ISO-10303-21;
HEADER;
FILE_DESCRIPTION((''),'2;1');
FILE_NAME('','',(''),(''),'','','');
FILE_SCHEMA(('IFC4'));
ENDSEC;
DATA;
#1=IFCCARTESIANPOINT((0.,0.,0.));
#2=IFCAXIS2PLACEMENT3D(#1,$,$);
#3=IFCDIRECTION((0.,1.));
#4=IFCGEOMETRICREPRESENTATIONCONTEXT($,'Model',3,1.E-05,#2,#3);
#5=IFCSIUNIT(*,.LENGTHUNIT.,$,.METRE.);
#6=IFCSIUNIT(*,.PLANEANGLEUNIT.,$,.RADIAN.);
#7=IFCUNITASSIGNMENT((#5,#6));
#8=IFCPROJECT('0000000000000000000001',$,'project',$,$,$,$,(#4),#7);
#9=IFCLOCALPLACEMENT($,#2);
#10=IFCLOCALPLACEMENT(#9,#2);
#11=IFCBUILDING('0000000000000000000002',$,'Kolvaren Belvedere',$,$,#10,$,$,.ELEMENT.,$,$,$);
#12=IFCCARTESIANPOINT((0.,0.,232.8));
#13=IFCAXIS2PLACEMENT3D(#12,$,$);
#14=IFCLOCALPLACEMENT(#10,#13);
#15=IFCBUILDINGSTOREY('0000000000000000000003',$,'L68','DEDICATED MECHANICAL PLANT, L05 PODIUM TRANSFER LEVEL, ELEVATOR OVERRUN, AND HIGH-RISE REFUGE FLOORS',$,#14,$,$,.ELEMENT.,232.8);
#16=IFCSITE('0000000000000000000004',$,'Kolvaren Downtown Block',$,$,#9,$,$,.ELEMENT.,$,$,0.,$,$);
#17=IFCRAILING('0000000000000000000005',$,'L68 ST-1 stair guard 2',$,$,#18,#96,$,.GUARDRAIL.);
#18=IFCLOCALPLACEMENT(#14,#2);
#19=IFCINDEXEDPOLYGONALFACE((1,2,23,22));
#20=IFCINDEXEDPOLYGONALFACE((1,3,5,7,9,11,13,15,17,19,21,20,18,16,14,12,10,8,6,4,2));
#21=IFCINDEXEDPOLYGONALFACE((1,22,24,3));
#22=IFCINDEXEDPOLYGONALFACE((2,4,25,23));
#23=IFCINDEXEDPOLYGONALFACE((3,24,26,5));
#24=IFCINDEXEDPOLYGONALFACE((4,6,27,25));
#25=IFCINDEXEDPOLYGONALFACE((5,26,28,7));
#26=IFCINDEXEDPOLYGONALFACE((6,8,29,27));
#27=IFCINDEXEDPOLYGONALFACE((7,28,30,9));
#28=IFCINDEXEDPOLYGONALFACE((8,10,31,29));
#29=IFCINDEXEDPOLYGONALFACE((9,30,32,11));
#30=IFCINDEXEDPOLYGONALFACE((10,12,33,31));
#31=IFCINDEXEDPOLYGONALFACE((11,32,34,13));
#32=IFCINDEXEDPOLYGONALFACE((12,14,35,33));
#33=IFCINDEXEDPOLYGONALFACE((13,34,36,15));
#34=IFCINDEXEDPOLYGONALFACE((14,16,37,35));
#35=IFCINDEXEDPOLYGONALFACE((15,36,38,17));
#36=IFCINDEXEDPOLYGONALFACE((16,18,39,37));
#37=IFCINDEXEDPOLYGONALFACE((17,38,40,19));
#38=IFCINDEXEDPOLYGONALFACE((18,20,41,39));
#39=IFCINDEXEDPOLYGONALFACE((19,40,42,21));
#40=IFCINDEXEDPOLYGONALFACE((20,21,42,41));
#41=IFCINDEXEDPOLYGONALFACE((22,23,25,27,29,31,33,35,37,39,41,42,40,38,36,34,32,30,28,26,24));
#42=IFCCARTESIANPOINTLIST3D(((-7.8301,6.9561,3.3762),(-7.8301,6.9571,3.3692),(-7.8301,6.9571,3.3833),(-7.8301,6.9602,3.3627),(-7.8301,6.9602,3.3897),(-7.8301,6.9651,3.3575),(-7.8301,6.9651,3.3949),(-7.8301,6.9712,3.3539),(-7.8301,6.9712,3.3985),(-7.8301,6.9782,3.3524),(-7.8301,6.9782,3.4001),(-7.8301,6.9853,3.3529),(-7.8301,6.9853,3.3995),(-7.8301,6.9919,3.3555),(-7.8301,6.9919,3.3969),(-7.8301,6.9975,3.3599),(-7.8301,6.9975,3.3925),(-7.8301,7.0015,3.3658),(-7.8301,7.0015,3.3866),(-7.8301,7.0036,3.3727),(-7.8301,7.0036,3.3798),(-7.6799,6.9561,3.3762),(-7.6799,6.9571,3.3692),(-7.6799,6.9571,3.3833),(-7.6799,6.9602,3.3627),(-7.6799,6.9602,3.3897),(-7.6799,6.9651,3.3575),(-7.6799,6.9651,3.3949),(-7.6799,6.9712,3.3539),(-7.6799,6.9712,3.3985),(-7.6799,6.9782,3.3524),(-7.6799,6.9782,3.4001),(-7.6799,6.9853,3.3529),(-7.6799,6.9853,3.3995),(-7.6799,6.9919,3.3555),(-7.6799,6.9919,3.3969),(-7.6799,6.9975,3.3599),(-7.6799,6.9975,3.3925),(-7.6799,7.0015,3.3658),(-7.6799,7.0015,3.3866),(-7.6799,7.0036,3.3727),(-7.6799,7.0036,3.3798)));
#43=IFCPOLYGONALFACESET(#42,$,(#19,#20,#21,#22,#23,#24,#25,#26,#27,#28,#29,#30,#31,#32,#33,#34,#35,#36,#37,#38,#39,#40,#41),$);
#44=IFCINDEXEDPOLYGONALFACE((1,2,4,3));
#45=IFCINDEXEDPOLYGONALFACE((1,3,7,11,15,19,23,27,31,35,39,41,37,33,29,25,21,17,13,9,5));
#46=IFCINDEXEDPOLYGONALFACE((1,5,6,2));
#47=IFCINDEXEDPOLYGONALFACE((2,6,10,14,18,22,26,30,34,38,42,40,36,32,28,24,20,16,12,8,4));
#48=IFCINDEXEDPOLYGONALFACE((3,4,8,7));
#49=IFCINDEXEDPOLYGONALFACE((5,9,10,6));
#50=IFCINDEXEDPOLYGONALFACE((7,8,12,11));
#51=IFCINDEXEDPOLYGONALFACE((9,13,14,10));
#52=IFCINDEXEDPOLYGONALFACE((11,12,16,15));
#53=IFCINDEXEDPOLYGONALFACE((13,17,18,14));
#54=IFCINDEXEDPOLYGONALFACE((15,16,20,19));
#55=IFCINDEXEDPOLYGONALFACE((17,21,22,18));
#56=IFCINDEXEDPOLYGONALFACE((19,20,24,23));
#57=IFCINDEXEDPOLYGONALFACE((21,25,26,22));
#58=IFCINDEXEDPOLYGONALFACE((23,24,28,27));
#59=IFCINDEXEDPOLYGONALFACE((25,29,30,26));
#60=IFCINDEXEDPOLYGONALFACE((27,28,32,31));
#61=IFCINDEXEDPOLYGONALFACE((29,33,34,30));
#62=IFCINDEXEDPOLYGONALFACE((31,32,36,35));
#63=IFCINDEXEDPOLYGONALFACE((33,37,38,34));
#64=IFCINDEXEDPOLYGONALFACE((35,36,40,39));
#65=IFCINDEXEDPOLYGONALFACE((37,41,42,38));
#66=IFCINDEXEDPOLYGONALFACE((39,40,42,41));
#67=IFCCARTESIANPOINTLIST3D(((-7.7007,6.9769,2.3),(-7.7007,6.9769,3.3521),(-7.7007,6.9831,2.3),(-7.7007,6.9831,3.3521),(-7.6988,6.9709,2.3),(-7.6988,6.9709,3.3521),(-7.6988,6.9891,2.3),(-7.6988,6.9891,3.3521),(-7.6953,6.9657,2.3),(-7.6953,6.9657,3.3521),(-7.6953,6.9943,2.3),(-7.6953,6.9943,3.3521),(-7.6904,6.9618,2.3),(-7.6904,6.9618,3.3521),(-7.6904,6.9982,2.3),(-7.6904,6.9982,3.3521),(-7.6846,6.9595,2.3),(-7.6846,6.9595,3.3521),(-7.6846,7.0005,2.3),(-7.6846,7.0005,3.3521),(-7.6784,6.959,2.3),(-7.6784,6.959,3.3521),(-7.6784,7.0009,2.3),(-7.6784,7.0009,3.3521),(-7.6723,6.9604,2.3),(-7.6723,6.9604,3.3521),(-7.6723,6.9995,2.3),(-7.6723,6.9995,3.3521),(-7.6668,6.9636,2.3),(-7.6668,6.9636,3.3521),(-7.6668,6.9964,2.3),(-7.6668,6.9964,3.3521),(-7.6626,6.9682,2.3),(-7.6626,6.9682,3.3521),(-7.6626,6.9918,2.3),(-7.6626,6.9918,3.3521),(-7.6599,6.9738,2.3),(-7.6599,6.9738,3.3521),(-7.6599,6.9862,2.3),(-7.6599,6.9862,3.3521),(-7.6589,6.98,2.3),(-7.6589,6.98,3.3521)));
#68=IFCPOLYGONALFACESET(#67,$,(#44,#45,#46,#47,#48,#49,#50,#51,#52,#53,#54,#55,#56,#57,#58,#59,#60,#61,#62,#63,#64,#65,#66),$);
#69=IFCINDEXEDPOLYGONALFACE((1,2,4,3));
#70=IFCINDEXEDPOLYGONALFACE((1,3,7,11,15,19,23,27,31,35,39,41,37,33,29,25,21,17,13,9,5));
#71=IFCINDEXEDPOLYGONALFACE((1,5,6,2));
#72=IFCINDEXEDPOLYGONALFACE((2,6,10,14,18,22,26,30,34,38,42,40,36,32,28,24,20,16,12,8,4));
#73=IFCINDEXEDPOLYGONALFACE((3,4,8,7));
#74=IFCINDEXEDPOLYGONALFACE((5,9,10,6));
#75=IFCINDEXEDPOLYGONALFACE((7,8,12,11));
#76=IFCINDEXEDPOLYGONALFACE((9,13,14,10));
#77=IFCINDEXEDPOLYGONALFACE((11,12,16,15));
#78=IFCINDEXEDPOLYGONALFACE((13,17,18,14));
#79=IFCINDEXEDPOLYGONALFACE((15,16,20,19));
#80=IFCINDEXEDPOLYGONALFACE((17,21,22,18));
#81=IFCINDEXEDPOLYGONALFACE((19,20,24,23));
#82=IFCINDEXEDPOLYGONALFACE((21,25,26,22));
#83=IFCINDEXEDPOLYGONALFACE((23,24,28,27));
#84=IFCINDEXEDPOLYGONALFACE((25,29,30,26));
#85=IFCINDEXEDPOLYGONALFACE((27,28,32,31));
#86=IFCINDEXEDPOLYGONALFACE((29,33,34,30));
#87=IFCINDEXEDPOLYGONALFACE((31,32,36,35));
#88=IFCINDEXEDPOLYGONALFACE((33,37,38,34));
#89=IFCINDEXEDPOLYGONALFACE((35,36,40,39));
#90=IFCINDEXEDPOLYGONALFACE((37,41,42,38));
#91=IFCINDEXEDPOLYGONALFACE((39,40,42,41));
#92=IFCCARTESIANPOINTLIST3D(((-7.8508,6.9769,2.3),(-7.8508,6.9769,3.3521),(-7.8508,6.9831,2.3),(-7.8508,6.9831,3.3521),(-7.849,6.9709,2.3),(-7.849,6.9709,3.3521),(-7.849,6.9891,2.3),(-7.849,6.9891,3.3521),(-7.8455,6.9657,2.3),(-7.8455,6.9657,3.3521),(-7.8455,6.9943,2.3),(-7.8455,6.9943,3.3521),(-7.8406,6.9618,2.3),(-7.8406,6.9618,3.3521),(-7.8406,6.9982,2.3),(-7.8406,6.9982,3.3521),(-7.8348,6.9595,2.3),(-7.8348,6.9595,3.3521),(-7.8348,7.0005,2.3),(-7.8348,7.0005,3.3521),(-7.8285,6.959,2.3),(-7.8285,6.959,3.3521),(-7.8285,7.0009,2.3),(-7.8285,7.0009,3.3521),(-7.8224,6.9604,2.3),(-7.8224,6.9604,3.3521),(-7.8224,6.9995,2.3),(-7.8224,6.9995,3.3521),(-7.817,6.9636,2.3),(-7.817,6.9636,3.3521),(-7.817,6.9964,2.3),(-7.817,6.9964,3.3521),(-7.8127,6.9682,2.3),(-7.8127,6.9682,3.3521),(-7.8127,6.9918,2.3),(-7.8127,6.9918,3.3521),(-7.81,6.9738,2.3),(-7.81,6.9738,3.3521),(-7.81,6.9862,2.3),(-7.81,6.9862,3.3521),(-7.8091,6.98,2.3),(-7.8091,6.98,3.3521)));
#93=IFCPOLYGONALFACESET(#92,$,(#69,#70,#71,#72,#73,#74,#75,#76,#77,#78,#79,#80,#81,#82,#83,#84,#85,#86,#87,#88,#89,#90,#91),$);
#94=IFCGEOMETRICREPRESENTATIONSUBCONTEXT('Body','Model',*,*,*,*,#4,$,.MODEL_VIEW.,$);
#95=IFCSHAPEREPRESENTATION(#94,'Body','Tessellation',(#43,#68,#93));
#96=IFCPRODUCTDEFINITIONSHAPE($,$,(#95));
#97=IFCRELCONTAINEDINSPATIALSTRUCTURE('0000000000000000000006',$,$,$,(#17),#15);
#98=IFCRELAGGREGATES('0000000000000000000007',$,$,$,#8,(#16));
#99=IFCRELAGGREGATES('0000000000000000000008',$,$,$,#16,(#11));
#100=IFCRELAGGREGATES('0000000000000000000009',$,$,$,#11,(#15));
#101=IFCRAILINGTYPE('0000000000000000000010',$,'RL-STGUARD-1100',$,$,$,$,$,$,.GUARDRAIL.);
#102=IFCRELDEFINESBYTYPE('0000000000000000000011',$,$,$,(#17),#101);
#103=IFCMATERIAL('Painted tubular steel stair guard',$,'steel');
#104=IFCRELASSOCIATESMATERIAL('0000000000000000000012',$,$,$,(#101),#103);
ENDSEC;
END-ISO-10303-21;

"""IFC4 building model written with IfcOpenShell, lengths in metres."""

from ifc_helpers import new_model, si_unit, direction, frame, origin, origin_2d, place, context, subcontext, project, spatial, circle, extrude, material, type_object, element, save


model = new_model("IFC4")

# Units and contexts
model_context = context("Model", 3, precision=1e-05, world=origin(), true_north=direction((0.0, 1.0)))
body_context = subcontext(model_context, "Body", "Model", "MODEL_VIEW")
ifc_project = project(units=[si_unit("LENGTHUNIT", "METRE"), si_unit("PLANEANGLEUNIT", "RADIAN")], contexts=[model_context])

# Site, building, storey
site_placement = place(None, origin())
site = spatial("IfcSite", under=ifc_project, at=site_placement, Name="Kolvaren Downtown Block", CompositionType="ELEMENT", RefElevation=0.0)
building_placement = place(site_placement, origin())
building = spatial("IfcBuilding", under=site, at=building_placement, Name="Kolvaren Belvedere", CompositionType="ELEMENT")
storey_placement = place(building_placement, frame((0.0, 0.0, 232.8)))
storey = spatial("IfcBuildingStorey", under=building, at=storey_placement, Name="L68", Description="DEDICATED MECHANICAL PLANT, L05 PODIUM TRANSFER LEVEL, ELEVATOR OVERRUN, AND HIGH-RISE REFUGE FLOORS", CompositionType="ELEMENT", Elevation=232.8)

# Railing
ifc_material_1 = material(Name="Painted tubular steel stair guard", Category="steel")
railing_type_1 = type_object("IfcRailingType", Name="RL-STGUARD-1100", PredefinedType="GUARDRAIL", material=ifc_material_1)
railing_1_placement = place(storey_placement, frame((-7.6799, 6.98, 2.3)))
element("IfcRailing", 1, at=railing_1_placement, inside=storey, type_object=railing_type_1, Name="L68 ST-1 stair guard 2", PredefinedType="GUARDRAIL", context=body_context, shape_type="SweptSolid", body=[
    extrude(circle(Radius=0.0239, at=origin_2d()), frame((0.0, 0.0, 1.0762), z_axis=(-1.0, 0.0, 0.0), x_axis=(0.0, -1.0, 0.0)), (0.0, 0.0, 1.0), 0.1501),
    extrude(circle(Radius=0.021, at=origin_2d()), origin(), (0.0, 0.0, 1.0), 1.052),
    extrude(circle(Radius=0.021, at=origin_2d()), frame((-0.1501, 0.0, 0.0)), (0.0, 0.0, 1.0), 1.052),
])

save(model, "model.ifc")
